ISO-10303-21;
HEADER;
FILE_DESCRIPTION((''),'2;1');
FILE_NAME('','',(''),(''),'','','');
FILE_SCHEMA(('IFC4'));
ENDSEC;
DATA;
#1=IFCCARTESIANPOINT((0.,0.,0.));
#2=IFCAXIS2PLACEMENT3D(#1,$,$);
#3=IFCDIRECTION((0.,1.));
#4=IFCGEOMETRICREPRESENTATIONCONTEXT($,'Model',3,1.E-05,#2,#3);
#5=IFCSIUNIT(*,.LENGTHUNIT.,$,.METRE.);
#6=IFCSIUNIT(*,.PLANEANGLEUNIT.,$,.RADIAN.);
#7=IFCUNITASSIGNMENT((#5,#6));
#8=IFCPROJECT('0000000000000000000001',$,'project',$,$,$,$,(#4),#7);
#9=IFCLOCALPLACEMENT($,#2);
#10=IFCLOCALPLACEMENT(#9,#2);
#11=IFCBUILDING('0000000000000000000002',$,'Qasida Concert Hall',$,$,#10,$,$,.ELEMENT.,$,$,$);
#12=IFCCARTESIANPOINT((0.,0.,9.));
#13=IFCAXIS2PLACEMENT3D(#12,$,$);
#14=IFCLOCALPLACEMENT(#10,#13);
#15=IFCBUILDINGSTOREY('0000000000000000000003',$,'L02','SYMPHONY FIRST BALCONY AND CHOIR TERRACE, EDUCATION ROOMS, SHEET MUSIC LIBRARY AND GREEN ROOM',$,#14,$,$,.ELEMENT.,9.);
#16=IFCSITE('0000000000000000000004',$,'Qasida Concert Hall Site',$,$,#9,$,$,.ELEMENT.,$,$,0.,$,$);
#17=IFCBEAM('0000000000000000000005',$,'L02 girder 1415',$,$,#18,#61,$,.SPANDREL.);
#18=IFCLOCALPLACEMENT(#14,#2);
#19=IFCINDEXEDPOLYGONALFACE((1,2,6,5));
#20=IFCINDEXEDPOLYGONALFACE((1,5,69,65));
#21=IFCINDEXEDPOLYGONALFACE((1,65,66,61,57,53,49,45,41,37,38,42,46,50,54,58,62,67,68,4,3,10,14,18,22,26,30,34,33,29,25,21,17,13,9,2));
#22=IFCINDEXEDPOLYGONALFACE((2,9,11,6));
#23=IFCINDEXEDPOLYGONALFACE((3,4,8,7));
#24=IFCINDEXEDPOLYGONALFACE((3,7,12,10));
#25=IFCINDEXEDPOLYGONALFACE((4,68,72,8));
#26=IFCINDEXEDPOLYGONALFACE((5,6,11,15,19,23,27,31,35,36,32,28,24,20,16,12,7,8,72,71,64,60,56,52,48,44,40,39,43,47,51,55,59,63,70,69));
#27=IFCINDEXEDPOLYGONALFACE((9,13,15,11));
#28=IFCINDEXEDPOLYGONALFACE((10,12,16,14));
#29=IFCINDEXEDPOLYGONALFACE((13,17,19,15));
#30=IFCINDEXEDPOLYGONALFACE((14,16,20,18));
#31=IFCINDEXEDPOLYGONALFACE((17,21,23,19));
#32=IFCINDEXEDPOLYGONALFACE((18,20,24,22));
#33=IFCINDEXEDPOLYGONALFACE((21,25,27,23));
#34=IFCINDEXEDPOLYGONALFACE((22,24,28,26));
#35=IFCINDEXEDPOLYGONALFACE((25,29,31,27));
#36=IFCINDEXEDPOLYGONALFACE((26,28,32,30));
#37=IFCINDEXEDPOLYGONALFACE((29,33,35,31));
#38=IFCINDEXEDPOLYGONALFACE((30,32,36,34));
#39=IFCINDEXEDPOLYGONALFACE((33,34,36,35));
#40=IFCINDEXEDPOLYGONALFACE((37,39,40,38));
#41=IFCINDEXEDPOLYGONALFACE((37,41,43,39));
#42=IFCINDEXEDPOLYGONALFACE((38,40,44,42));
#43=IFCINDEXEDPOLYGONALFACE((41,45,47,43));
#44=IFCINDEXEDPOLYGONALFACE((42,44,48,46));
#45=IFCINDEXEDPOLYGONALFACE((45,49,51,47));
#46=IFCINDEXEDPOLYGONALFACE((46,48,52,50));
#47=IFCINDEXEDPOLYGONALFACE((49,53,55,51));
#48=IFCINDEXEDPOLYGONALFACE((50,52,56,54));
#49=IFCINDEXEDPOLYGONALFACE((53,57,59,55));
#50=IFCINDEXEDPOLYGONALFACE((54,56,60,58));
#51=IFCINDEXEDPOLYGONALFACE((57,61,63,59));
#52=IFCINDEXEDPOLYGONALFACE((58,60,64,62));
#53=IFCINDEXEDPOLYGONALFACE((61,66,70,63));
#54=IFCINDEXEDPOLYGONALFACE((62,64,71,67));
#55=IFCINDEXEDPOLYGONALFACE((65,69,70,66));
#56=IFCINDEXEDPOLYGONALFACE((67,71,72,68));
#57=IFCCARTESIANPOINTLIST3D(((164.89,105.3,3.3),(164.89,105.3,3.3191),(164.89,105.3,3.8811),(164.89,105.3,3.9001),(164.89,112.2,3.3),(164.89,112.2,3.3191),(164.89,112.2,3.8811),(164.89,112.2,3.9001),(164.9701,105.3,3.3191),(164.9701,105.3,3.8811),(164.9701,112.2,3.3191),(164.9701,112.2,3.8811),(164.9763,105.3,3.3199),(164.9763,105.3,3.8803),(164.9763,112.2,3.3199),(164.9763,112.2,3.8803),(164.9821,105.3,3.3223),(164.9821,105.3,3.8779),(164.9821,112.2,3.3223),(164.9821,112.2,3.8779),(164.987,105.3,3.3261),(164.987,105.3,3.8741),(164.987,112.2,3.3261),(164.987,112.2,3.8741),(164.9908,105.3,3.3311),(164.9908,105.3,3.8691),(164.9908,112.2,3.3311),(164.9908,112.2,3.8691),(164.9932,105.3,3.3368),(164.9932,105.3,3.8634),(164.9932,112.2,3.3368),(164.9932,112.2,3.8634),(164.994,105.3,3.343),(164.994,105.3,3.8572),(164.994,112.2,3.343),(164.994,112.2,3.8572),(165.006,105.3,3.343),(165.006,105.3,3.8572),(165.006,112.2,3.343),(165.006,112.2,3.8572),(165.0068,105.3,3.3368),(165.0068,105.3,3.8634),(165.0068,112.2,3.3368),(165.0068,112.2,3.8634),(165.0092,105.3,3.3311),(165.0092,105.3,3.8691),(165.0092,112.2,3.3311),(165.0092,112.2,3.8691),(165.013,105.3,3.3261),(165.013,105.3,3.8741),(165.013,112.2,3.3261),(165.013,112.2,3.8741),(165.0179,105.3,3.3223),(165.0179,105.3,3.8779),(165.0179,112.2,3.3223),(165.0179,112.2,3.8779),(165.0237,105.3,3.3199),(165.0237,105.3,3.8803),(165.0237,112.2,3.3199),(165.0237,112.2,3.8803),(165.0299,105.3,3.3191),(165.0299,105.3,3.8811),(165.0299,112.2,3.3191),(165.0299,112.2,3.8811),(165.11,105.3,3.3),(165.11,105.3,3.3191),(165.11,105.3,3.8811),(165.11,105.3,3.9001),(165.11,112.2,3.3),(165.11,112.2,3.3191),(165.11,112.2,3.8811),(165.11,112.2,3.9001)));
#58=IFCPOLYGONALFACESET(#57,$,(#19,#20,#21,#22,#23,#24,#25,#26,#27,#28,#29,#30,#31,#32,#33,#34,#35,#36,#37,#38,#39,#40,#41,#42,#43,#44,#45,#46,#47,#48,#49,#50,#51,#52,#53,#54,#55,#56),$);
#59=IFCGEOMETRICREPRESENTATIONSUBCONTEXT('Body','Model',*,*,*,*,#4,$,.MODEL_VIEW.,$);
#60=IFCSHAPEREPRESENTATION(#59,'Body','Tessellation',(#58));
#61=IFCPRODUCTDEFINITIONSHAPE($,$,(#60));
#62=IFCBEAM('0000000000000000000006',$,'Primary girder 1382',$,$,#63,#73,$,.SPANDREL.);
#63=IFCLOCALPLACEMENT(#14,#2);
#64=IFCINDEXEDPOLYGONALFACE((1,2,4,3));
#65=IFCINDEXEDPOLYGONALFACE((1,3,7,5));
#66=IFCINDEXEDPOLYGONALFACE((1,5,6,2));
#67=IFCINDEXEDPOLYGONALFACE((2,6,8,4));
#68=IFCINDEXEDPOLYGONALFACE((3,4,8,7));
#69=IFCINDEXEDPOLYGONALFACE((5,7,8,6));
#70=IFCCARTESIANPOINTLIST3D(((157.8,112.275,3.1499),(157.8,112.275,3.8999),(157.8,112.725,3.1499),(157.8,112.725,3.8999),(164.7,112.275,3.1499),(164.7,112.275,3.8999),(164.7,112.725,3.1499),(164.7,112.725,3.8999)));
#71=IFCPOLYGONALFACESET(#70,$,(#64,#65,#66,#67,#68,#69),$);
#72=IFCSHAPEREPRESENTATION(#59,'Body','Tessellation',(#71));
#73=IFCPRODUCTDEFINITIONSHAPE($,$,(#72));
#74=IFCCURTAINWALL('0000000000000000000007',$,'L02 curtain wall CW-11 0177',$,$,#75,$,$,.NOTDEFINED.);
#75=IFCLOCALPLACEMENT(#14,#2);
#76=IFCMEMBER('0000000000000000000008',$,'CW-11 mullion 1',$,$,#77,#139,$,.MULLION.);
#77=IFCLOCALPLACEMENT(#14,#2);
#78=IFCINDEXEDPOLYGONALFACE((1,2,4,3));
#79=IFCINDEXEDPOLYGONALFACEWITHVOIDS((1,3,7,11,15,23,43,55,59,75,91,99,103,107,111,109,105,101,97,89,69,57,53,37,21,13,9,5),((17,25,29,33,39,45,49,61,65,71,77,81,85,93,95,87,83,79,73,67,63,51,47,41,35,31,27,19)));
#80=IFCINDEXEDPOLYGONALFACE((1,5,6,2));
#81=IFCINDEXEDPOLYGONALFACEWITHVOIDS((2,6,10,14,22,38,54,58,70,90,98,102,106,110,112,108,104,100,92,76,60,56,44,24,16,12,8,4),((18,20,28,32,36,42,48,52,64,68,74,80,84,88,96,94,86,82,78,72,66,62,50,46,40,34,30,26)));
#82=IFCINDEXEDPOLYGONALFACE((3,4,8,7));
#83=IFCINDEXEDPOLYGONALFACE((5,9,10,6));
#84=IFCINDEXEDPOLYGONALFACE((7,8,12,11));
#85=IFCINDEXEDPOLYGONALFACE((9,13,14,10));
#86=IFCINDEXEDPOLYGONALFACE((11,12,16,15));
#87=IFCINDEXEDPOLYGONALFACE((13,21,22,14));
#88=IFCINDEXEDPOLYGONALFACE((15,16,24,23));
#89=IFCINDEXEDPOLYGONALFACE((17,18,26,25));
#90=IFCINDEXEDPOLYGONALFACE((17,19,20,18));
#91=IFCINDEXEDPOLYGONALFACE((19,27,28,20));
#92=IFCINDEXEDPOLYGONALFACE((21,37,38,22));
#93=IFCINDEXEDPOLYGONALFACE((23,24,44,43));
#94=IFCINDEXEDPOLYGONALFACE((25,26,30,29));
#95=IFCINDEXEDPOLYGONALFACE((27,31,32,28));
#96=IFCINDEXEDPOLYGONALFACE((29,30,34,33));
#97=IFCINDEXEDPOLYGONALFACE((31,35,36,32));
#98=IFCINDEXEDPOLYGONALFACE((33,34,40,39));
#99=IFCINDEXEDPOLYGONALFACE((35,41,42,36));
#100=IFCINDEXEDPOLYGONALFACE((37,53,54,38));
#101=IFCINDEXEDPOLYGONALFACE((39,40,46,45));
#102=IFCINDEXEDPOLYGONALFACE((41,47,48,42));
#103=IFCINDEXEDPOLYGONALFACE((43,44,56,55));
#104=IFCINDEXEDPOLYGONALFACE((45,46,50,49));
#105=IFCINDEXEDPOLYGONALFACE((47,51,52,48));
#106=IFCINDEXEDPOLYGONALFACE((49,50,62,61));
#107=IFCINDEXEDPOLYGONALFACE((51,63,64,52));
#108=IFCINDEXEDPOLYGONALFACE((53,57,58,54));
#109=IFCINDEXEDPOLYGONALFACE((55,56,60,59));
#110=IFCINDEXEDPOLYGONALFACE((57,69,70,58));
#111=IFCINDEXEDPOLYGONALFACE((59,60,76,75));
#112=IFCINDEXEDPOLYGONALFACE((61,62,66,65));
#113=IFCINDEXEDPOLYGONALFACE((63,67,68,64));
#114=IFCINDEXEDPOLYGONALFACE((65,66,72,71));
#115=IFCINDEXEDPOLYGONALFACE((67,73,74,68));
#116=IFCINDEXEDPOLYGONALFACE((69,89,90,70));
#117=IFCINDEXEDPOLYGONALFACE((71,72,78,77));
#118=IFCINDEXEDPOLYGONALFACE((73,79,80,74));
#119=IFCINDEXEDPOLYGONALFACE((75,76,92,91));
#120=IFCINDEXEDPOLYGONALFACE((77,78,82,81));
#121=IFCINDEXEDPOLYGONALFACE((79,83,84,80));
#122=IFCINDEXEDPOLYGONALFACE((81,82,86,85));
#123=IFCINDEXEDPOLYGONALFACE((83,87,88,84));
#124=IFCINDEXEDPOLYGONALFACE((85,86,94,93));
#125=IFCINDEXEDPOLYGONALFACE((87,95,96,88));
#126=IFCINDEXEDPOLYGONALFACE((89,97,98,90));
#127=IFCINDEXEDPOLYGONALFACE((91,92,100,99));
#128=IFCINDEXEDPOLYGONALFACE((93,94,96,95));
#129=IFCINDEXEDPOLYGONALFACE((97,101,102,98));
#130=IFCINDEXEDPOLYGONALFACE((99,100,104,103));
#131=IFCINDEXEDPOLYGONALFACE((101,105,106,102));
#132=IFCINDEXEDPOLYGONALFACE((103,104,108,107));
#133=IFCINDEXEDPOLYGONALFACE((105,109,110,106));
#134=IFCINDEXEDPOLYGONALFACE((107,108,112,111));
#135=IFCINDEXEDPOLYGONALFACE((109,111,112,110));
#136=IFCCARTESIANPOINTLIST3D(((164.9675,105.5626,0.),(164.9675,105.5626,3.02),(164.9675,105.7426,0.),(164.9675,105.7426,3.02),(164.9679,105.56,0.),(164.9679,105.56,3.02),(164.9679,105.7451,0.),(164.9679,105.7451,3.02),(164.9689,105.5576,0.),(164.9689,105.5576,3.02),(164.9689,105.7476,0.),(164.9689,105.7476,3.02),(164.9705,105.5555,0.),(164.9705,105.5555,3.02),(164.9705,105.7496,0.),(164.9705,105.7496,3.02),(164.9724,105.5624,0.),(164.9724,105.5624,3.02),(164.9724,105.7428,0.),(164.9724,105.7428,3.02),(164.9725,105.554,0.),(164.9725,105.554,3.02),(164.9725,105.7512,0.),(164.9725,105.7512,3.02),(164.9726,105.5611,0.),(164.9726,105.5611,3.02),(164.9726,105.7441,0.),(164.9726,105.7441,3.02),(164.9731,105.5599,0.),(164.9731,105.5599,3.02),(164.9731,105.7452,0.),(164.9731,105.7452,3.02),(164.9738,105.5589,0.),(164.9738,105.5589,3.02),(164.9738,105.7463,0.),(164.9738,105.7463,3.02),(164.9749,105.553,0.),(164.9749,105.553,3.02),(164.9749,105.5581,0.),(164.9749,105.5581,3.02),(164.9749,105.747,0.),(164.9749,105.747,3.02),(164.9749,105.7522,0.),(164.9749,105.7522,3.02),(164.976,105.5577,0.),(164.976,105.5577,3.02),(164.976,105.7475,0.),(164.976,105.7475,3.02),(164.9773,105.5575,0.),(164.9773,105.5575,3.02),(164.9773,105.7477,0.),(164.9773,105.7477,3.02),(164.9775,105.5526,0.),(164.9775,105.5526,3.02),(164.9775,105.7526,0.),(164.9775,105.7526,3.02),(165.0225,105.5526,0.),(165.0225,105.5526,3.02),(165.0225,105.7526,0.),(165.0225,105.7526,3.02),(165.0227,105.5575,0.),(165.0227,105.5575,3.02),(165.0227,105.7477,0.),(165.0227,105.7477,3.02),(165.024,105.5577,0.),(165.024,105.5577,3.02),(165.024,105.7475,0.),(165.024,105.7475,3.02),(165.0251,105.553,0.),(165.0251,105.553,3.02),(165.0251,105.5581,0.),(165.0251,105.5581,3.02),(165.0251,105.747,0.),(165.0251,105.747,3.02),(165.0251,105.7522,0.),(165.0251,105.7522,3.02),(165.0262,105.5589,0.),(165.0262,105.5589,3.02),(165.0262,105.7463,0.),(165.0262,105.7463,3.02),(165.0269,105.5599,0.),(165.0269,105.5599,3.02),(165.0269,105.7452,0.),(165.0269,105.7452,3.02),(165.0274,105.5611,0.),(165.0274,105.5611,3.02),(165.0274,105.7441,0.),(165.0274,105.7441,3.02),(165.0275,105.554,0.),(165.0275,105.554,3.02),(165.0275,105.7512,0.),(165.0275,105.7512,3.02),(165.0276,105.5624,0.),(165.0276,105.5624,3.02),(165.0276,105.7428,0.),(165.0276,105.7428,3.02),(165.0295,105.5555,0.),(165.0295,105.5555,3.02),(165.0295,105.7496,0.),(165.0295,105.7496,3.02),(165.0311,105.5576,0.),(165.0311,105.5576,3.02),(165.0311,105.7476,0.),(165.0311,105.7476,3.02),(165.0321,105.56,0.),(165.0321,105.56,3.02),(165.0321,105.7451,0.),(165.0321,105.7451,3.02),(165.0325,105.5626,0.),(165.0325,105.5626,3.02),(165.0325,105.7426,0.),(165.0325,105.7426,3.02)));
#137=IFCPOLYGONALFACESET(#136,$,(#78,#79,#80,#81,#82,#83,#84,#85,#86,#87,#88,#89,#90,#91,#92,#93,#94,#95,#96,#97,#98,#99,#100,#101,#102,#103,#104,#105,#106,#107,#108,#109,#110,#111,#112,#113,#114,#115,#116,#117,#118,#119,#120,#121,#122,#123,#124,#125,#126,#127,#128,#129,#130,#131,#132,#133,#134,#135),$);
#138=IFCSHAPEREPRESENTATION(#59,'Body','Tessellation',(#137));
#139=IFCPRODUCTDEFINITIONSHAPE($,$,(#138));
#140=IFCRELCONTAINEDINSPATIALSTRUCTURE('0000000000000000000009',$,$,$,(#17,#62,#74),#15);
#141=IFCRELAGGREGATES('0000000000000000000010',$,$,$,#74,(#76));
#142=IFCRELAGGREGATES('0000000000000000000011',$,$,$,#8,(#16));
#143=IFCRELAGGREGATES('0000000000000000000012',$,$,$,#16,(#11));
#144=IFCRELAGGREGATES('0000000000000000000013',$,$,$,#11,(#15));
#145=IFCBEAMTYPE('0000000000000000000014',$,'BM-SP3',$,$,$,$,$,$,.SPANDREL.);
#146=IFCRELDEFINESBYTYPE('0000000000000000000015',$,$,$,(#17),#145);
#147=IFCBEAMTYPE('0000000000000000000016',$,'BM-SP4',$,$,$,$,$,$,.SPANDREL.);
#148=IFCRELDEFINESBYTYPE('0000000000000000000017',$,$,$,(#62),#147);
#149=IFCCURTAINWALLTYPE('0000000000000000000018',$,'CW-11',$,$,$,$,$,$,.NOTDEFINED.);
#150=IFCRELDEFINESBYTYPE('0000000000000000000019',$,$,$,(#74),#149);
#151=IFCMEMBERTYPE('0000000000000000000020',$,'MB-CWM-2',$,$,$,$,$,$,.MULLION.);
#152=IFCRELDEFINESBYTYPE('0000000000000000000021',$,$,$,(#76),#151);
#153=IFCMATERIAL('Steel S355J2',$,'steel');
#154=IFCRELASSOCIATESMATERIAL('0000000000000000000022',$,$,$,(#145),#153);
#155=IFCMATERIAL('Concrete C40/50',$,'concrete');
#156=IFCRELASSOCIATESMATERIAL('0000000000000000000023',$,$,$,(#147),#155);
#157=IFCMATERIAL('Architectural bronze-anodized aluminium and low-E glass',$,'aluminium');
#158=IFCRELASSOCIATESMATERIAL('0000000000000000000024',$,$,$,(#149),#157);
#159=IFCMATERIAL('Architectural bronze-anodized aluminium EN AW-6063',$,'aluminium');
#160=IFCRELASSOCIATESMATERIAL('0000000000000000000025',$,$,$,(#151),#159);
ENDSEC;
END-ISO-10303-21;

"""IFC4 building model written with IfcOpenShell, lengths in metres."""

from ifc_helpers import new_model, si_unit, direction, frame, origin, origin_2d, place, context, subcontext, project, spatial, rectangle, hollow_rectangle, i_section, extrude, material, material_profile, profile_set, type_object, element, aggregate, save


model = new_model("IFC4")

# Units and contexts
model_context = context("Model", 3, precision=1e-05, world=origin(), true_north=direction((0.0, 1.0)))
body_context = subcontext(model_context, "Body", "Model", "MODEL_VIEW")
ifc_project = project(units=[si_unit("LENGTHUNIT", "METRE"), si_unit("PLANEANGLEUNIT", "RADIAN")], contexts=[model_context])

# Site, building, storey
site_placement = place(None, origin())
site = spatial("IfcSite", under=ifc_project, at=site_placement, Name="Qasida Concert Hall Site", CompositionType="ELEMENT", RefElevation=0.0)
building_placement = place(site_placement, origin())
building = spatial("IfcBuilding", under=site, at=building_placement, Name="Qasida Concert Hall", CompositionType="ELEMENT")
storey_placement = place(building_placement, frame((0.0, 0.0, 9.0)))
storey = spatial("IfcBuildingStorey", under=building, at=storey_placement, Name="L02", Description="SYMPHONY FIRST BALCONY AND CHOIR TERRACE, EDUCATION ROOMS, SHEET MUSIC LIBRARY AND GREEN ROOM", CompositionType="ELEMENT", Elevation=9.0)

# Beams
ifc_material_1 = material(Name="Steel S355J2", Category="steel")
ifc_material_2 = material(Name="Concrete C40/50", Category="concrete")
ifc_material_profile_1 = material_profile(ifc_material_1, i_section(OverallWidth=0.22, OverallDepth=0.6001, WebThickness=0.012, FlangeThickness=0.019, FilletRadius=0.0239, at=origin_2d()), Name="IPE 600")
ifc_profile_set_1 = profile_set([ifc_material_profile_1], Name="Steel S355J2")
beam_type_1 = type_object("IfcBeamType", Name="BM-SP3", PredefinedType="SPANDREL", material=ifc_profile_set_1)
beam_1_placement = place(storey_placement, frame((165.0, 105.3, 3.6001), z_axis=(0.0, 1.0, 0.0), x_axis=(-1.0, 0.0, 0.0)))
element("IfcBeam", 1, at=beam_1_placement, inside=storey, type_object=beam_type_1, Name="L02 girder 1415", PredefinedType="SPANDREL", context=body_context, shape_type="SweptSolid", body=[
    extrude(i_section(OverallWidth=0.22, OverallDepth=0.6001, WebThickness=0.012, FlangeThickness=0.019, FilletRadius=0.0239, at=origin_2d()), origin(), (0.0, 0.0, 1.0), 6.8999),
])
ifc_material_profile_2 = material_profile(ifc_material_2, rectangle(XDim=0.45, YDim=0.75, at=origin_2d()), Name="RC 450x750")
ifc_profile_set_2 = profile_set([ifc_material_profile_2], Name="Concrete C40/50")
beam_type_2 = type_object("IfcBeamType", Name="BM-SP4", PredefinedType="SPANDREL", material=ifc_profile_set_2)
beam_2_placement = place(storey_placement, frame((157.8, 112.5, 3.5249), z_axis=(1.0, 0.0, 0.0), x_axis=(0.0, 1.0, 0.0)))
element("IfcBeam", 2, at=beam_2_placement, inside=storey, type_object=beam_type_2, Name="Primary girder 1382", PredefinedType="SPANDREL", context=body_context, shape_type="SweptSolid", body=[
    extrude(rectangle(XDim=0.45, YDim=0.75, at=origin_2d()), origin(), (0.0, 0.0, 1.0), 6.8999),
])

# Curtain wall, member
ifc_material_3 = material(Name="Architectural bronze-anodized aluminium and low-E glass", Category="aluminium")
curtain_wall_type = type_object("IfcCurtainWallType", Name="CW-11", PredefinedType="NOTDEFINED", material=ifc_material_3)
curtain_wall_placement = place(storey_placement, origin())
curtain_wall = element("IfcCurtainWall", 3, at=curtain_wall_placement, inside=storey, type_object=curtain_wall_type, Name="L02 curtain wall CW-11 0177", PredefinedType="NOTDEFINED")
ifc_material_4 = material(Name="Architectural bronze-anodized aluminium EN AW-6063", Category="aluminium")
ifc_material_profile_3 = material_profile(ifc_material_4, hollow_rectangle(XDim=0.0649, YDim=0.2, WallThickness=0.0049, InnerFilletRadius=0.0049, OuterFilletRadius=0.01, at=origin_2d()), Name="CWM 200x65x5")
ifc_profile_set_3 = profile_set([ifc_material_profile_3], Name="Architectural bronze-anodized aluminium EN AW-6063")
member_type_1 = type_object("IfcMemberType", Name="MB-CWM-2", PredefinedType="MULLION", material=ifc_profile_set_3)
member_1_placement = place(storey_placement, frame((165.0, 105.6526, 0.0), z_axis=(0.0, 0.0, 1.0), x_axis=(-1.0, 0.0, 0.0)))
member_1 = element("IfcMember", 4, at=member_1_placement, type_object=member_type_1, Name="CW-11 mullion 1", PredefinedType="MULLION", context=body_context, shape_type="SweptSolid", body=[
    extrude(hollow_rectangle(XDim=0.0649, YDim=0.2, WallThickness=0.0049, InnerFilletRadius=0.0049, OuterFilletRadius=0.01, at=origin_2d()), origin(), (0.0, 0.0, 1.0), 3.02),
])
aggregate(curtain_wall, [member_1])

save(model, "model.ifc")
